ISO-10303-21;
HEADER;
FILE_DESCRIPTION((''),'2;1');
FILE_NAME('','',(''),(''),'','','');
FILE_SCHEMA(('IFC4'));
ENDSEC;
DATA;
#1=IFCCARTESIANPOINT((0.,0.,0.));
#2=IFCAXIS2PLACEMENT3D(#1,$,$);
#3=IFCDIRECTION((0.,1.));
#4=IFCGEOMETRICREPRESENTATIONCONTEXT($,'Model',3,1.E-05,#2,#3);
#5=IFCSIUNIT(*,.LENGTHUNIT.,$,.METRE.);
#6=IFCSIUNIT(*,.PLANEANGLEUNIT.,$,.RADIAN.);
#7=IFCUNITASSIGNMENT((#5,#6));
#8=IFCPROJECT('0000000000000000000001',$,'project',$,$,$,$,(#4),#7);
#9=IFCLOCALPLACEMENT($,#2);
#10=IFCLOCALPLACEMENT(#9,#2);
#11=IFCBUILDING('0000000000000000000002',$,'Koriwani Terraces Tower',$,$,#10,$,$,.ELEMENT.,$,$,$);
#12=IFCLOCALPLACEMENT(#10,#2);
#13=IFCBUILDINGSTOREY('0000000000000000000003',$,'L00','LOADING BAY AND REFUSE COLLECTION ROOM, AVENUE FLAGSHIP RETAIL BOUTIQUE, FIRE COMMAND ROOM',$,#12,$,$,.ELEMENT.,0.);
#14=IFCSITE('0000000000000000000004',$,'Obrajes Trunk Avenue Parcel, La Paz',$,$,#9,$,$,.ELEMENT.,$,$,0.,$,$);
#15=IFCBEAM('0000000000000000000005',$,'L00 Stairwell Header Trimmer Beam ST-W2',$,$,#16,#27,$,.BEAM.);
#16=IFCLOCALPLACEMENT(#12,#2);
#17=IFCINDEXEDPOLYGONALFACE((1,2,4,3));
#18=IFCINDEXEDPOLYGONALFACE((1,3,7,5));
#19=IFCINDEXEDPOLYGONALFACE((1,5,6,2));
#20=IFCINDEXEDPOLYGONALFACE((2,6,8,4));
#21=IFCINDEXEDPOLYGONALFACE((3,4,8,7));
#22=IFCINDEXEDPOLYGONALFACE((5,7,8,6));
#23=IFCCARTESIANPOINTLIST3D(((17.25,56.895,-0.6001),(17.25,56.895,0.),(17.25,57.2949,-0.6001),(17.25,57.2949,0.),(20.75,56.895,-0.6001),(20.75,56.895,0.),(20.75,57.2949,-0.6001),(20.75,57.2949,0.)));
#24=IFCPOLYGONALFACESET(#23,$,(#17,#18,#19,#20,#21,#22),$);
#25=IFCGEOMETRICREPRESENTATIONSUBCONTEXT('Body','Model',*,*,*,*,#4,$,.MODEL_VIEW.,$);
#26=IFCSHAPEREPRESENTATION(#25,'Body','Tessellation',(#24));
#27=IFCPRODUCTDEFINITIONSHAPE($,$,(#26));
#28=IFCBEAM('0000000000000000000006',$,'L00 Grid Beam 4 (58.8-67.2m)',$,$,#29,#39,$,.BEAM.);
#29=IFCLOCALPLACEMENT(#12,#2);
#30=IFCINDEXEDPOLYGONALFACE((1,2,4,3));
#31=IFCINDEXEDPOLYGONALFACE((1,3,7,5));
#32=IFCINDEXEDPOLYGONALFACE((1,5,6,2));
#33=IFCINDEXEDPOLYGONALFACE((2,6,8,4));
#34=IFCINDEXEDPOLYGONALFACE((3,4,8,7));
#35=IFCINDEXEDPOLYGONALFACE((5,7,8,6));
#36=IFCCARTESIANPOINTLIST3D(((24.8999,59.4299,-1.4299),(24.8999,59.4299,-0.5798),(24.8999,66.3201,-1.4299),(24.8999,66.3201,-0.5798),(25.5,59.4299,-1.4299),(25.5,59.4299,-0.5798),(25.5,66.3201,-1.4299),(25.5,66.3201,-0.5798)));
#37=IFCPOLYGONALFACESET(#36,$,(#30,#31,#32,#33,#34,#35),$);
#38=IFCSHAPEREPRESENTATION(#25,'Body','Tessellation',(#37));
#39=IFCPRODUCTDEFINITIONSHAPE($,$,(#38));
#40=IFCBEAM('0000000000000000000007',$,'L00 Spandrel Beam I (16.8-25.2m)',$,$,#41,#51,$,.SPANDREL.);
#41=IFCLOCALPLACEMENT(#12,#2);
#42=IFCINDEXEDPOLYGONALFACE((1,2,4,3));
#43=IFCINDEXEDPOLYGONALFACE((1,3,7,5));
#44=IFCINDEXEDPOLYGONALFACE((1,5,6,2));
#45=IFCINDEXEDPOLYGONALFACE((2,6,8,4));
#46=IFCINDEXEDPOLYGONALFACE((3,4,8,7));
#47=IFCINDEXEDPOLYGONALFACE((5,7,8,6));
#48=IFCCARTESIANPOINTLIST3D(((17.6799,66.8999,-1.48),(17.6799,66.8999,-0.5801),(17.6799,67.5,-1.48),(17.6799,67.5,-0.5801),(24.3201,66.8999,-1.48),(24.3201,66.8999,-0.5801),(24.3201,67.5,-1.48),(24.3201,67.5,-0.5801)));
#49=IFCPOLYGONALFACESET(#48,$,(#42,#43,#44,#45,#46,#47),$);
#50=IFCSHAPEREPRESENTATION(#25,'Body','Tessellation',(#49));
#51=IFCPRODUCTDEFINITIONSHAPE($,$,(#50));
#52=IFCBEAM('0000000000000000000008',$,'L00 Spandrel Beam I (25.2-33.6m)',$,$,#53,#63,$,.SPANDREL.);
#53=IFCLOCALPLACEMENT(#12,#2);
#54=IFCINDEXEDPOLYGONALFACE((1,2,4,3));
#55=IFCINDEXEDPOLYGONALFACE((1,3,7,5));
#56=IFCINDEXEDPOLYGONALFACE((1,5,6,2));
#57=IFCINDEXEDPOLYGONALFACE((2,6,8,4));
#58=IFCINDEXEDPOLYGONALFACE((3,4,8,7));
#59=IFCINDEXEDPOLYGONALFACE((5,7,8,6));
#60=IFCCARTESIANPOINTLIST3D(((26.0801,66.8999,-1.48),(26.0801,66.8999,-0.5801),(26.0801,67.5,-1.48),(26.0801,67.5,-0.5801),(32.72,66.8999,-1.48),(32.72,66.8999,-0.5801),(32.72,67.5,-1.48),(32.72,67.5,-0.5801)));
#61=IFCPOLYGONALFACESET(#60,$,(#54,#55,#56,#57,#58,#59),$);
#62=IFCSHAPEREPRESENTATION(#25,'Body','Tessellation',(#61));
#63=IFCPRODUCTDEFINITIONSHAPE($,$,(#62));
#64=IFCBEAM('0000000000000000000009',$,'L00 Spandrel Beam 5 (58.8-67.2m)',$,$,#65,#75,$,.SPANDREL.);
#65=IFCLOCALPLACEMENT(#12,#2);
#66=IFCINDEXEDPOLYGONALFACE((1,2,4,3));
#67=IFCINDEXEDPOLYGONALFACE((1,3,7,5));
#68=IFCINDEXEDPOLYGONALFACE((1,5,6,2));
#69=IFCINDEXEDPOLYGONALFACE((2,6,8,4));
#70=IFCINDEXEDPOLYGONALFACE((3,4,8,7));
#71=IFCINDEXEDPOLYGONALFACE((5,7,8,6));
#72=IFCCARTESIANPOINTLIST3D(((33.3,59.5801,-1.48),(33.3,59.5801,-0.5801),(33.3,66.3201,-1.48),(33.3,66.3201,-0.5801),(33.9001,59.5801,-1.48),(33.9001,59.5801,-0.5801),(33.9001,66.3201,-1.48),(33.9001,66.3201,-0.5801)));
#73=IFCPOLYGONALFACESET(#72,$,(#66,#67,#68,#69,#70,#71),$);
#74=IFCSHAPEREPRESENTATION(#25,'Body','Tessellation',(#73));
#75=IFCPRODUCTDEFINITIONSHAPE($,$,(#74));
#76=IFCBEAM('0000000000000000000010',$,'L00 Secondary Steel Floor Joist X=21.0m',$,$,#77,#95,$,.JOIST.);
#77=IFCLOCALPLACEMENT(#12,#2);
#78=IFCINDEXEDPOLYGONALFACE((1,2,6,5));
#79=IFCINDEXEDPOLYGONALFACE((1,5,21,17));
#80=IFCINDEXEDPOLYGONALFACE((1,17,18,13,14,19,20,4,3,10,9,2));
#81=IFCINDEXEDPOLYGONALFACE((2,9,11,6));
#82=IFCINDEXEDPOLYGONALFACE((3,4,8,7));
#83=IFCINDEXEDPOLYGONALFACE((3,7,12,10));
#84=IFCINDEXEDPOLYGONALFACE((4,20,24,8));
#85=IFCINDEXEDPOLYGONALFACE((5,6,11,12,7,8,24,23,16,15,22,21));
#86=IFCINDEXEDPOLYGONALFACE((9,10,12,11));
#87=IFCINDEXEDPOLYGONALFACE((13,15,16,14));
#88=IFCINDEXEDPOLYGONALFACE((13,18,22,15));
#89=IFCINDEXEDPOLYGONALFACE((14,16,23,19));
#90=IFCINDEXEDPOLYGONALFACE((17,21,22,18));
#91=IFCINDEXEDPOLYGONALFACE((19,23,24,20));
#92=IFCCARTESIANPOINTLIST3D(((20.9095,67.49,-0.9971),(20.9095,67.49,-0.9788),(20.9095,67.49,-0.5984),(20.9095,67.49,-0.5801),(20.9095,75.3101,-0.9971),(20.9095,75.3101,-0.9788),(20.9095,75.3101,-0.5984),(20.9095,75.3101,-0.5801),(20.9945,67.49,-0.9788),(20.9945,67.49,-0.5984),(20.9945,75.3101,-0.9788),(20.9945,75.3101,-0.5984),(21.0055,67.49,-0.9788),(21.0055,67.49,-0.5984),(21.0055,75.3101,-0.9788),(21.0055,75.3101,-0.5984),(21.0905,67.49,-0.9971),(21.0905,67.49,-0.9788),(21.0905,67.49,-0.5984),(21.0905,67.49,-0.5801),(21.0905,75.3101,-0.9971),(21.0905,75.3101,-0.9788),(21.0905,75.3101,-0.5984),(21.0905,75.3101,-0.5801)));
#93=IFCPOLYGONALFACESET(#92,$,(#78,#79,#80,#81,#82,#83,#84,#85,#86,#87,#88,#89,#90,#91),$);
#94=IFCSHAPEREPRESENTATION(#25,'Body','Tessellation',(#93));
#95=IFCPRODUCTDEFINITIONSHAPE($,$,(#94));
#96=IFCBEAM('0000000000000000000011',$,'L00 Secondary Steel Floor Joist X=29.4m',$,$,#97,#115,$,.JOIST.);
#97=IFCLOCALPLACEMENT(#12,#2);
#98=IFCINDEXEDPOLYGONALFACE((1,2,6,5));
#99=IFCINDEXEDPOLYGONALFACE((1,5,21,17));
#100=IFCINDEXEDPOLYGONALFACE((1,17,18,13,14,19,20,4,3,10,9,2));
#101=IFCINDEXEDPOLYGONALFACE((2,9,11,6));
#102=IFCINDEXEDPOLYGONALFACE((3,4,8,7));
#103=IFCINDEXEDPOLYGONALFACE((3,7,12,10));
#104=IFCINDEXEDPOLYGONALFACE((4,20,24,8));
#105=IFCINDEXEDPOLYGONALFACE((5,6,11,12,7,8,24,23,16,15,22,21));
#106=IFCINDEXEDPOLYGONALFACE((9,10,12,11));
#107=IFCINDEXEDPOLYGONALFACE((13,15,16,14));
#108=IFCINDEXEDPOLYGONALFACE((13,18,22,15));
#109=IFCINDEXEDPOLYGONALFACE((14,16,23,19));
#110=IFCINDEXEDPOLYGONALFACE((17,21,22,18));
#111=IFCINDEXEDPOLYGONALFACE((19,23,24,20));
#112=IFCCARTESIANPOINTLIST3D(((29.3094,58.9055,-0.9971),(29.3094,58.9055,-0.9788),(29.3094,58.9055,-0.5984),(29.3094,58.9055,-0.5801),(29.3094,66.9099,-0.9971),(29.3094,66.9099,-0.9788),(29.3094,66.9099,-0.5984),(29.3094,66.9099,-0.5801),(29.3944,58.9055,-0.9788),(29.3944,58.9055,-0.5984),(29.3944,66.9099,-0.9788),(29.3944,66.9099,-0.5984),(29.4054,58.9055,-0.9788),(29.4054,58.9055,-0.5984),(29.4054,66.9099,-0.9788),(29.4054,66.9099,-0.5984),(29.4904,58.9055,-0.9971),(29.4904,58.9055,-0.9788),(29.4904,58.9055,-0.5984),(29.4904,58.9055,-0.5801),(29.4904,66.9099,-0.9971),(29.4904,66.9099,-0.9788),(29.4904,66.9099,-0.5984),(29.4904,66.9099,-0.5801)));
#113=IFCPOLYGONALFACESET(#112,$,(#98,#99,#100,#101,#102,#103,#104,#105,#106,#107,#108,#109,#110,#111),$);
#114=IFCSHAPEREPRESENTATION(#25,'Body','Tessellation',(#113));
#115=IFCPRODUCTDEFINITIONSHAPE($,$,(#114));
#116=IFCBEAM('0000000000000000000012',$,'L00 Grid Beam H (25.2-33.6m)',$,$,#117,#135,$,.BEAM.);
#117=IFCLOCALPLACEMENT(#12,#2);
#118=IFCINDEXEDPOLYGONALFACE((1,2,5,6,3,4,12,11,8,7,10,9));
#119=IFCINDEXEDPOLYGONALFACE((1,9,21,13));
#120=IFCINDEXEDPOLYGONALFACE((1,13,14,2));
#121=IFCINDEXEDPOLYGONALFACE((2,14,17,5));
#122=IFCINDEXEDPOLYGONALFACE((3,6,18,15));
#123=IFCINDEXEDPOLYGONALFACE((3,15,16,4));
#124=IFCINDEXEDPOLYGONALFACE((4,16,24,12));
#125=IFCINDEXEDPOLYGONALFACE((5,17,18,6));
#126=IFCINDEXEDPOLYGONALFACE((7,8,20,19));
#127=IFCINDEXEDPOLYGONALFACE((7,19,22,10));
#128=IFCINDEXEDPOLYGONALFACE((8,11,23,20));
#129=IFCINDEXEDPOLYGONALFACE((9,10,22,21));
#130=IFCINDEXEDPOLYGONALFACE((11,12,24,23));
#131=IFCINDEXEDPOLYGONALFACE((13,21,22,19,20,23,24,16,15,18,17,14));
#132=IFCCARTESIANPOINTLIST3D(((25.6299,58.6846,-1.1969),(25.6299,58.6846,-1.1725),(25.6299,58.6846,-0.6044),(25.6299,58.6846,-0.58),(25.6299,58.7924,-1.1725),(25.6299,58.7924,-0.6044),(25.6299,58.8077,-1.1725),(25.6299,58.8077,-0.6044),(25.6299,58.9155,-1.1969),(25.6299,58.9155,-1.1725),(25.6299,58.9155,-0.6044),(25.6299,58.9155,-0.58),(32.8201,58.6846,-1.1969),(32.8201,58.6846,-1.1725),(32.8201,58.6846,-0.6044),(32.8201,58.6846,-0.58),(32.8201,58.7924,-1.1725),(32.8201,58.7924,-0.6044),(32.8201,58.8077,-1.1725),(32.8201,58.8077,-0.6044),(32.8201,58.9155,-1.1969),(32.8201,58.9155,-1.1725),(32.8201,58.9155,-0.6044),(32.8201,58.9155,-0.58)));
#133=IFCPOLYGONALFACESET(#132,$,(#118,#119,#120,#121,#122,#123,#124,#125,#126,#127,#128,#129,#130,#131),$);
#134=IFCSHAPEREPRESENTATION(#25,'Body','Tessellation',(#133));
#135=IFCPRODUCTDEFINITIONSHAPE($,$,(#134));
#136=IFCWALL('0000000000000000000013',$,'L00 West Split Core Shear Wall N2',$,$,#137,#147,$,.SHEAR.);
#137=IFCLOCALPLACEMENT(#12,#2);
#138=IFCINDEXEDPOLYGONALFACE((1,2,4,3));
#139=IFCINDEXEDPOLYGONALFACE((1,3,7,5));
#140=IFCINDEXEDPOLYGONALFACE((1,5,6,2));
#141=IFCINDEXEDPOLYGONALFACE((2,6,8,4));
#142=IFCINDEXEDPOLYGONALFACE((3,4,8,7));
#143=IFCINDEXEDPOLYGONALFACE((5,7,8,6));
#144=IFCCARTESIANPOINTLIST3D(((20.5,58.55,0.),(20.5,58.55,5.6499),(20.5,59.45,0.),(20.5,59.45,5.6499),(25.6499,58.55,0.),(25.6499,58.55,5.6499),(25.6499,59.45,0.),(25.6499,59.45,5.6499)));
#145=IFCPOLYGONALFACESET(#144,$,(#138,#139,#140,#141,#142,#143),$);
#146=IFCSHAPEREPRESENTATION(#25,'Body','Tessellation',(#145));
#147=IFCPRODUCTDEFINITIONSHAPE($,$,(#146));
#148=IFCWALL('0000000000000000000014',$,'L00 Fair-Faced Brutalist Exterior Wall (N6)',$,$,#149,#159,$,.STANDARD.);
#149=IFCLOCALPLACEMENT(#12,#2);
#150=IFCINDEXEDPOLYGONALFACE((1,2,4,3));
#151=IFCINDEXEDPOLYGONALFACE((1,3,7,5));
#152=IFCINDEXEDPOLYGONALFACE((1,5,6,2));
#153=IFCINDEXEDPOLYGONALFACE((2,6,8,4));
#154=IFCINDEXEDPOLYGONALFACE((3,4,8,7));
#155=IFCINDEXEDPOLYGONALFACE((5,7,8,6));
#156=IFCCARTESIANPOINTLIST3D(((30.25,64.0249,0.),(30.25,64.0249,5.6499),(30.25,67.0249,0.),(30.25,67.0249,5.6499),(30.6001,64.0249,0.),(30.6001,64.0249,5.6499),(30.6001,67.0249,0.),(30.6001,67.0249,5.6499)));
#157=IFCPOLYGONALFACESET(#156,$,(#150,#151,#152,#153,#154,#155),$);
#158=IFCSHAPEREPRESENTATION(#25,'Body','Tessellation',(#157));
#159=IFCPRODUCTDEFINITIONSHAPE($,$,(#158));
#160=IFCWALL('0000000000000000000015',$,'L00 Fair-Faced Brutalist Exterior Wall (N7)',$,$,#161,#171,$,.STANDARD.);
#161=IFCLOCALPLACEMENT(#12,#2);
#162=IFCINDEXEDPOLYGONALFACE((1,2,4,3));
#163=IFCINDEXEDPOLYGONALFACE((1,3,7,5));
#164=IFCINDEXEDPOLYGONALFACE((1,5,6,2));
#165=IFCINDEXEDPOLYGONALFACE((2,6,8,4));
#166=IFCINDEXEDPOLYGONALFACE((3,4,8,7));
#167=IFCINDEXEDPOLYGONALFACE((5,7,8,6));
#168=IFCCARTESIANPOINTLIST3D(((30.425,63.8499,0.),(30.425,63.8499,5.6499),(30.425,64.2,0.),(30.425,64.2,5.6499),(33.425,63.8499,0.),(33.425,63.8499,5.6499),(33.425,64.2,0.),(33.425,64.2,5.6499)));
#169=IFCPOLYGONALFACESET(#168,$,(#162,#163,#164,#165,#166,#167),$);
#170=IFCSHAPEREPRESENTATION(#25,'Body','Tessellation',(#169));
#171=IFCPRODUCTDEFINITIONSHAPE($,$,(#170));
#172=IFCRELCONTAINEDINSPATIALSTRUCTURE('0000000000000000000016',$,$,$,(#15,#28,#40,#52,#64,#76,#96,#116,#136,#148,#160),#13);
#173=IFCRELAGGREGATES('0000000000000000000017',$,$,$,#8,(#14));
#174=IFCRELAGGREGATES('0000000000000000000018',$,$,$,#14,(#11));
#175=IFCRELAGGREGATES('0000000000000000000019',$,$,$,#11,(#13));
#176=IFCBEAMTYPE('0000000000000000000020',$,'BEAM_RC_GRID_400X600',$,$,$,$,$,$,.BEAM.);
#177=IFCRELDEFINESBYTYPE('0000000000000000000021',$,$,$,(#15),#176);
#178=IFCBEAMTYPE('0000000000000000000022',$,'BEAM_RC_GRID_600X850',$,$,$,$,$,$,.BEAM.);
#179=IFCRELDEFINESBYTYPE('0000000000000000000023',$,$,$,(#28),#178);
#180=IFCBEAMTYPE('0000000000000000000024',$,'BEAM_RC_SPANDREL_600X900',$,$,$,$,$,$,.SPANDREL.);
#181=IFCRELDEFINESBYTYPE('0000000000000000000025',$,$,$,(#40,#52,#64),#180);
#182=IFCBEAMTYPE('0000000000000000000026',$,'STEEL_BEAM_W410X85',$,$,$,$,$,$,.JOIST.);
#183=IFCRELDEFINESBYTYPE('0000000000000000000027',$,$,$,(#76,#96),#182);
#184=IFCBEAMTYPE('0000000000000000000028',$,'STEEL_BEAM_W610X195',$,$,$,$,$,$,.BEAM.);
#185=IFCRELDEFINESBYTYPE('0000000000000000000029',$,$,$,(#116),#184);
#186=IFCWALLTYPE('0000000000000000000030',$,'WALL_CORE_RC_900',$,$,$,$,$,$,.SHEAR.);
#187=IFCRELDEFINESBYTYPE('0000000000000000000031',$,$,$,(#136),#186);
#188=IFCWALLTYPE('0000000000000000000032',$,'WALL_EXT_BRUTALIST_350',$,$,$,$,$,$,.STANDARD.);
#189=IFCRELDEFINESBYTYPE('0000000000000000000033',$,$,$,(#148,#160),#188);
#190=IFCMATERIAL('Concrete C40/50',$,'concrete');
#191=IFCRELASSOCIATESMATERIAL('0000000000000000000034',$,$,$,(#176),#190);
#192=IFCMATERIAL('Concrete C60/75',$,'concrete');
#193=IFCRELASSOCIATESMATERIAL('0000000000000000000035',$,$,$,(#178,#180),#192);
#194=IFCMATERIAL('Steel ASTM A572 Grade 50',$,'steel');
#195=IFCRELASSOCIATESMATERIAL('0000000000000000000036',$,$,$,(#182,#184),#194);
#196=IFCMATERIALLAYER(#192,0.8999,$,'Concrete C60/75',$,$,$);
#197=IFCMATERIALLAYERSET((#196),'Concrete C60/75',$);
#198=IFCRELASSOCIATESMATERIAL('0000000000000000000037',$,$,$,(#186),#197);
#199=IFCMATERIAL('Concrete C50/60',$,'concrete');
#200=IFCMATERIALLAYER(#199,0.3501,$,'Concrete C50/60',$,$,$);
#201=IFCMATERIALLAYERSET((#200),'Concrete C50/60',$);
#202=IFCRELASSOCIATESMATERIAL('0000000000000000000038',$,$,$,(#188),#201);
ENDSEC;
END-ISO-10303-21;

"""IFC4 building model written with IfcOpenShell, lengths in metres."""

from ifc_helpers import new_model, si_unit, direction, frame, frame_2d, origin, origin_2d, place, context, subcontext, project, spatial, rectangle, i_section, extrude, material, layer, layer_set, material_profile, profile_set, type_object, element, save


model = new_model("IFC4")

# Units and contexts
model_context = context("Model", 3, precision=1e-05, world=origin(), true_north=direction((0.0, 1.0)))
body_context = subcontext(model_context, "Body", "Model", "MODEL_VIEW")
ifc_project = project(units=[si_unit("LENGTHUNIT", "METRE"), si_unit("PLANEANGLEUNIT", "RADIAN")], contexts=[model_context])

# Site, building, storey
site_placement = place(None, origin())
site = spatial("IfcSite", under=ifc_project, at=site_placement, Name="Obrajes Trunk Avenue Parcel, La Paz", CompositionType="ELEMENT", RefElevation=0.0)
building_placement = place(site_placement, origin())
building = spatial("IfcBuilding", under=site, at=building_placement, Name="Koriwani Terraces Tower", CompositionType="ELEMENT")
storey_placement = place(building_placement, origin())
storey = spatial("IfcBuildingStorey", under=building, at=storey_placement, Name="L00", Description="LOADING BAY AND REFUSE COLLECTION ROOM, AVENUE FLAGSHIP RETAIL BOUTIQUE, FIRE COMMAND ROOM", CompositionType="ELEMENT", Elevation=0.0)

# Shared definitions
ifc_material_1 = material(Name="Concrete C60/75", Category="concrete")

# Beams
ifc_material_2 = material(Name="Concrete C40/50", Category="concrete")
ifc_material_profile_1 = material_profile(ifc_material_2, rectangle(XDim=0.3999, YDim=0.6001, at=origin_2d()), Name="Concrete C40/50", Category="LoadBearing")
ifc_profile_set_1 = profile_set([ifc_material_profile_1], Name="Concrete C40/50")
beam_type_1 = type_object("IfcBeamType", Name="BEAM_RC_GRID_400X600", PredefinedType="BEAM", material=ifc_profile_set_1)
beam_1_placement = place(storey_placement, frame((17.25, 57.095, -0.3), z_axis=(1.0, 0.0, 0.0), x_axis=(0.0, 1.0, 0.0)))
element("IfcBeam", 1, at=beam_1_placement, inside=storey, type_object=beam_type_1, Name="L00 Stairwell Header Trimmer Beam ST-W2", PredefinedType="BEAM", context=body_context, shape_type="SweptSolid", body=[
    extrude(rectangle(XDim=0.3999, YDim=0.6001, at=origin_2d()), origin(), (0.0, 0.0, 1.0), 3.5),
])
ifc_material_profile_2 = material_profile(ifc_material_1, rectangle(XDim=0.6001, YDim=0.8501, at=origin_2d()), Name="Concrete C60/75", Category="LoadBearing")
ifc_profile_set_2 = profile_set([ifc_material_profile_2], Name="Concrete C60/75")
beam_type_2 = type_object("IfcBeamType", Name="BEAM_RC_GRID_600X850", PredefinedType="BEAM", material=ifc_profile_set_2)
beam_2_placement = place(storey_placement, frame((25.2, 59.4299, -1.0049), z_axis=(0.0, 1.0, 0.0), x_axis=(-1.0, 0.0, 0.0)))
element("IfcBeam", 2, at=beam_2_placement, inside=storey, type_object=beam_type_2, Name="L00 Grid Beam 4 (58.8-67.2m)", PredefinedType="BEAM", context=body_context, shape_type="SweptSolid", body=[
    extrude(rectangle(XDim=0.6001, YDim=0.8501, at=origin_2d()), origin(), (0.0, 0.0, 1.0), 6.8901),
])
ifc_material_profile_3 = material_profile(ifc_material_1, rectangle(XDim=0.6001, YDim=0.8999, at=origin_2d()), Name="Concrete C60/75", Category="LoadBearing")
ifc_profile_set_3 = profile_set([ifc_material_profile_3], Name="Concrete C60/75")
beam_type_3 = type_object("IfcBeamType", Name="BEAM_RC_SPANDREL_600X900", PredefinedType="SPANDREL", material=ifc_profile_set_3)
beam_3_placement = place(storey_placement, frame((17.6799, 67.2, -1.03), z_axis=(1.0, 0.0, 0.0), x_axis=(0.0, 1.0, 0.0)))
element("IfcBeam", 3, at=beam_3_placement, inside=storey, type_object=beam_type_3, Name="L00 Spandrel Beam I (16.8-25.2m)", PredefinedType="SPANDREL", context=body_context, shape_type="SweptSolid", body=[
    extrude(rectangle(XDim=0.6001, YDim=0.8999, at=origin_2d()), origin(), (0.0, 0.0, 1.0), 6.6401),
])
beam_4_placement = place(storey_placement, frame((26.0801, 67.2, -1.03), z_axis=(1.0, 0.0, 0.0), x_axis=(0.0, 1.0, 0.0)))
element("IfcBeam", 4, at=beam_4_placement, inside=storey, type_object=beam_type_3, Name="L00 Spandrel Beam I (25.2-33.6m)", PredefinedType="SPANDREL", context=body_context, shape_type="SweptSolid", body=[
    extrude(rectangle(XDim=0.6001, YDim=0.8999, at=origin_2d()), origin(), (0.0, 0.0, 1.0), 6.6399),
])
beam_5_placement = place(storey_placement, frame((33.6001, 59.5801, -1.03), z_axis=(0.0, 1.0, 0.0), x_axis=(-1.0, 0.0, 0.0)))
element("IfcBeam", 5, at=beam_5_placement, inside=storey, type_object=beam_type_3, Name="L00 Spandrel Beam 5 (58.8-67.2m)", PredefinedType="SPANDREL", context=body_context, shape_type="SweptSolid", body=[
    extrude(rectangle(XDim=0.6001, YDim=0.8999, at=origin_2d()), origin(), (0.0, 0.0, 1.0), 6.74),
])
ifc_material_3 = material(Name="Steel ASTM A572 Grade 50", Category="steel")
ifc_material_profile_4 = material_profile(ifc_material_3, i_section(OverallWidth=0.1809, OverallDepth=0.417, WebThickness=0.011, FlangeThickness=0.0183, at=origin_2d()), Name="Steel ASTM A572 Grade 50", Category="LoadBearing")
ifc_profile_set_4 = profile_set([ifc_material_profile_4], Name="Steel ASTM A572 Grade 50")
beam_type_4 = type_object("IfcBeamType", Name="STEEL_BEAM_W410X85", PredefinedType="JOIST", material=ifc_profile_set_4)
beam_6_placement = place(storey_placement, frame((21.0, 67.49, -0.7886), z_axis=(0.0, 1.0, 0.0), x_axis=(-1.0, 0.0, 0.0)))
element("IfcBeam", 6, at=beam_6_placement, inside=storey, type_object=beam_type_4, Name="L00 Secondary Steel Floor Joist X=21.0m", PredefinedType="JOIST", context=body_context, shape_type="SweptSolid", body=[
    extrude(i_section(OverallWidth=0.1809, OverallDepth=0.417, WebThickness=0.011, FlangeThickness=0.0183, at=origin_2d()), origin(), (0.0, 0.0, 1.0), 7.8201),
])
beam_7_placement = place(storey_placement, frame((29.3999, 58.9055, -0.7886), z_axis=(0.0, 1.0, 0.0), x_axis=(-1.0, 0.0, 0.0)))
element("IfcBeam", 7, at=beam_7_placement, inside=storey, type_object=beam_type_4, Name="L00 Secondary Steel Floor Joist X=29.4m", PredefinedType="JOIST", context=body_context, shape_type="SweptSolid", body=[
    extrude(i_section(OverallWidth=0.1809, OverallDepth=0.417, WebThickness=0.011, FlangeThickness=0.0183, at=origin_2d()), origin(), (0.0, 0.0, 1.0), 8.0044),
])
ifc_material_profile_5 = material_profile(ifc_material_3, i_section(OverallWidth=0.231, OverallDepth=0.6169, WebThickness=0.0154, FlangeThickness=0.0244, at=origin_2d()), Name="Steel ASTM A572 Grade 50", Category="LoadBearing")
ifc_profile_set_5 = profile_set([ifc_material_profile_5], Name="Steel ASTM A572 Grade 50")
beam_type_5 = type_object("IfcBeamType", Name="STEEL_BEAM_W610X195", PredefinedType="BEAM", material=ifc_profile_set_5)
beam_8_placement = place(storey_placement, frame((25.6299, 58.8, -0.8884), z_axis=(1.0, 0.0, 0.0), x_axis=(0.0, 1.0, 0.0)))
element("IfcBeam", 8, at=beam_8_placement, inside=storey, type_object=beam_type_5, Name="L00 Grid Beam H (25.2-33.6m)", PredefinedType="BEAM", context=body_context, shape_type="SweptSolid", body=[
    extrude(i_section(OverallWidth=0.231, OverallDepth=0.6169, WebThickness=0.0154, FlangeThickness=0.0244, at=origin_2d()), origin(), (0.0, 0.0, 1.0), 7.1902),
])

# Walls
ifc_layer_1 = layer(ifc_material_1, 0.8999, Name="Concrete C60/75")
ifc_layer_set_1 = layer_set([ifc_layer_1], Name="Concrete C60/75")
wall_type_1 = type_object("IfcWallType", Name="WALL_CORE_RC_900", PredefinedType="SHEAR", material=ifc_layer_set_1)
wall_1_placement = place(storey_placement, frame((20.5, 59.0, 0.0), z_axis=(0.0, 0.0, 1.0), x_axis=(1.0, 0.0, 0.0)))
element("IfcWall", 9, at=wall_1_placement, inside=storey, type_object=wall_type_1, Name="L00 West Split Core Shear Wall N2", PredefinedType="SHEAR", context=body_context, shape_type="SweptSolid", body=[
    extrude(rectangle(XDim=5.1499, YDim=0.8999, at=frame_2d((2.575, 0.0))), origin(), (0.0, 0.0, 1.0), 5.6499),
])
ifc_material_4 = material(Name="Concrete C50/60", Category="concrete")
ifc_layer_2 = layer(ifc_material_4, 0.3501, Name="Concrete C50/60")
ifc_layer_set_2 = layer_set([ifc_layer_2], Name="Concrete C50/60")
wall_type_2 = type_object("IfcWallType", Name="WALL_EXT_BRUTALIST_350", PredefinedType="STANDARD", material=ifc_layer_set_2)
for number, where, z_axis, x_axis, name in (
    (10, (30.425, 67.0249, 0.0), (0.0, 0.0, 1.0), (0.0, -1.0, 0.0), "L00 Fair-Faced Brutalist Exterior Wall (N6)"),
    (11, (30.425, 64.0249, 0.0), (0.0, 0.0, 1.0), (1.0, 0.0, 0.0), "L00 Fair-Faced Brutalist Exterior Wall (N7)"),
):
    element("IfcWall", number, at=place(storey_placement, frame(where, z_axis=z_axis, x_axis=x_axis)), inside=storey, type_object=wall_type_2, Name=name, PredefinedType="STANDARD", context=body_context, shape_type="SweptSolid", body=[
        extrude(rectangle(XDim=3.0, YDim=0.3501, at=frame_2d((1.5, 0.0))), origin(), (0.0, 0.0, 1.0), 5.6499),
    ])

save(model, "model.ifc")
